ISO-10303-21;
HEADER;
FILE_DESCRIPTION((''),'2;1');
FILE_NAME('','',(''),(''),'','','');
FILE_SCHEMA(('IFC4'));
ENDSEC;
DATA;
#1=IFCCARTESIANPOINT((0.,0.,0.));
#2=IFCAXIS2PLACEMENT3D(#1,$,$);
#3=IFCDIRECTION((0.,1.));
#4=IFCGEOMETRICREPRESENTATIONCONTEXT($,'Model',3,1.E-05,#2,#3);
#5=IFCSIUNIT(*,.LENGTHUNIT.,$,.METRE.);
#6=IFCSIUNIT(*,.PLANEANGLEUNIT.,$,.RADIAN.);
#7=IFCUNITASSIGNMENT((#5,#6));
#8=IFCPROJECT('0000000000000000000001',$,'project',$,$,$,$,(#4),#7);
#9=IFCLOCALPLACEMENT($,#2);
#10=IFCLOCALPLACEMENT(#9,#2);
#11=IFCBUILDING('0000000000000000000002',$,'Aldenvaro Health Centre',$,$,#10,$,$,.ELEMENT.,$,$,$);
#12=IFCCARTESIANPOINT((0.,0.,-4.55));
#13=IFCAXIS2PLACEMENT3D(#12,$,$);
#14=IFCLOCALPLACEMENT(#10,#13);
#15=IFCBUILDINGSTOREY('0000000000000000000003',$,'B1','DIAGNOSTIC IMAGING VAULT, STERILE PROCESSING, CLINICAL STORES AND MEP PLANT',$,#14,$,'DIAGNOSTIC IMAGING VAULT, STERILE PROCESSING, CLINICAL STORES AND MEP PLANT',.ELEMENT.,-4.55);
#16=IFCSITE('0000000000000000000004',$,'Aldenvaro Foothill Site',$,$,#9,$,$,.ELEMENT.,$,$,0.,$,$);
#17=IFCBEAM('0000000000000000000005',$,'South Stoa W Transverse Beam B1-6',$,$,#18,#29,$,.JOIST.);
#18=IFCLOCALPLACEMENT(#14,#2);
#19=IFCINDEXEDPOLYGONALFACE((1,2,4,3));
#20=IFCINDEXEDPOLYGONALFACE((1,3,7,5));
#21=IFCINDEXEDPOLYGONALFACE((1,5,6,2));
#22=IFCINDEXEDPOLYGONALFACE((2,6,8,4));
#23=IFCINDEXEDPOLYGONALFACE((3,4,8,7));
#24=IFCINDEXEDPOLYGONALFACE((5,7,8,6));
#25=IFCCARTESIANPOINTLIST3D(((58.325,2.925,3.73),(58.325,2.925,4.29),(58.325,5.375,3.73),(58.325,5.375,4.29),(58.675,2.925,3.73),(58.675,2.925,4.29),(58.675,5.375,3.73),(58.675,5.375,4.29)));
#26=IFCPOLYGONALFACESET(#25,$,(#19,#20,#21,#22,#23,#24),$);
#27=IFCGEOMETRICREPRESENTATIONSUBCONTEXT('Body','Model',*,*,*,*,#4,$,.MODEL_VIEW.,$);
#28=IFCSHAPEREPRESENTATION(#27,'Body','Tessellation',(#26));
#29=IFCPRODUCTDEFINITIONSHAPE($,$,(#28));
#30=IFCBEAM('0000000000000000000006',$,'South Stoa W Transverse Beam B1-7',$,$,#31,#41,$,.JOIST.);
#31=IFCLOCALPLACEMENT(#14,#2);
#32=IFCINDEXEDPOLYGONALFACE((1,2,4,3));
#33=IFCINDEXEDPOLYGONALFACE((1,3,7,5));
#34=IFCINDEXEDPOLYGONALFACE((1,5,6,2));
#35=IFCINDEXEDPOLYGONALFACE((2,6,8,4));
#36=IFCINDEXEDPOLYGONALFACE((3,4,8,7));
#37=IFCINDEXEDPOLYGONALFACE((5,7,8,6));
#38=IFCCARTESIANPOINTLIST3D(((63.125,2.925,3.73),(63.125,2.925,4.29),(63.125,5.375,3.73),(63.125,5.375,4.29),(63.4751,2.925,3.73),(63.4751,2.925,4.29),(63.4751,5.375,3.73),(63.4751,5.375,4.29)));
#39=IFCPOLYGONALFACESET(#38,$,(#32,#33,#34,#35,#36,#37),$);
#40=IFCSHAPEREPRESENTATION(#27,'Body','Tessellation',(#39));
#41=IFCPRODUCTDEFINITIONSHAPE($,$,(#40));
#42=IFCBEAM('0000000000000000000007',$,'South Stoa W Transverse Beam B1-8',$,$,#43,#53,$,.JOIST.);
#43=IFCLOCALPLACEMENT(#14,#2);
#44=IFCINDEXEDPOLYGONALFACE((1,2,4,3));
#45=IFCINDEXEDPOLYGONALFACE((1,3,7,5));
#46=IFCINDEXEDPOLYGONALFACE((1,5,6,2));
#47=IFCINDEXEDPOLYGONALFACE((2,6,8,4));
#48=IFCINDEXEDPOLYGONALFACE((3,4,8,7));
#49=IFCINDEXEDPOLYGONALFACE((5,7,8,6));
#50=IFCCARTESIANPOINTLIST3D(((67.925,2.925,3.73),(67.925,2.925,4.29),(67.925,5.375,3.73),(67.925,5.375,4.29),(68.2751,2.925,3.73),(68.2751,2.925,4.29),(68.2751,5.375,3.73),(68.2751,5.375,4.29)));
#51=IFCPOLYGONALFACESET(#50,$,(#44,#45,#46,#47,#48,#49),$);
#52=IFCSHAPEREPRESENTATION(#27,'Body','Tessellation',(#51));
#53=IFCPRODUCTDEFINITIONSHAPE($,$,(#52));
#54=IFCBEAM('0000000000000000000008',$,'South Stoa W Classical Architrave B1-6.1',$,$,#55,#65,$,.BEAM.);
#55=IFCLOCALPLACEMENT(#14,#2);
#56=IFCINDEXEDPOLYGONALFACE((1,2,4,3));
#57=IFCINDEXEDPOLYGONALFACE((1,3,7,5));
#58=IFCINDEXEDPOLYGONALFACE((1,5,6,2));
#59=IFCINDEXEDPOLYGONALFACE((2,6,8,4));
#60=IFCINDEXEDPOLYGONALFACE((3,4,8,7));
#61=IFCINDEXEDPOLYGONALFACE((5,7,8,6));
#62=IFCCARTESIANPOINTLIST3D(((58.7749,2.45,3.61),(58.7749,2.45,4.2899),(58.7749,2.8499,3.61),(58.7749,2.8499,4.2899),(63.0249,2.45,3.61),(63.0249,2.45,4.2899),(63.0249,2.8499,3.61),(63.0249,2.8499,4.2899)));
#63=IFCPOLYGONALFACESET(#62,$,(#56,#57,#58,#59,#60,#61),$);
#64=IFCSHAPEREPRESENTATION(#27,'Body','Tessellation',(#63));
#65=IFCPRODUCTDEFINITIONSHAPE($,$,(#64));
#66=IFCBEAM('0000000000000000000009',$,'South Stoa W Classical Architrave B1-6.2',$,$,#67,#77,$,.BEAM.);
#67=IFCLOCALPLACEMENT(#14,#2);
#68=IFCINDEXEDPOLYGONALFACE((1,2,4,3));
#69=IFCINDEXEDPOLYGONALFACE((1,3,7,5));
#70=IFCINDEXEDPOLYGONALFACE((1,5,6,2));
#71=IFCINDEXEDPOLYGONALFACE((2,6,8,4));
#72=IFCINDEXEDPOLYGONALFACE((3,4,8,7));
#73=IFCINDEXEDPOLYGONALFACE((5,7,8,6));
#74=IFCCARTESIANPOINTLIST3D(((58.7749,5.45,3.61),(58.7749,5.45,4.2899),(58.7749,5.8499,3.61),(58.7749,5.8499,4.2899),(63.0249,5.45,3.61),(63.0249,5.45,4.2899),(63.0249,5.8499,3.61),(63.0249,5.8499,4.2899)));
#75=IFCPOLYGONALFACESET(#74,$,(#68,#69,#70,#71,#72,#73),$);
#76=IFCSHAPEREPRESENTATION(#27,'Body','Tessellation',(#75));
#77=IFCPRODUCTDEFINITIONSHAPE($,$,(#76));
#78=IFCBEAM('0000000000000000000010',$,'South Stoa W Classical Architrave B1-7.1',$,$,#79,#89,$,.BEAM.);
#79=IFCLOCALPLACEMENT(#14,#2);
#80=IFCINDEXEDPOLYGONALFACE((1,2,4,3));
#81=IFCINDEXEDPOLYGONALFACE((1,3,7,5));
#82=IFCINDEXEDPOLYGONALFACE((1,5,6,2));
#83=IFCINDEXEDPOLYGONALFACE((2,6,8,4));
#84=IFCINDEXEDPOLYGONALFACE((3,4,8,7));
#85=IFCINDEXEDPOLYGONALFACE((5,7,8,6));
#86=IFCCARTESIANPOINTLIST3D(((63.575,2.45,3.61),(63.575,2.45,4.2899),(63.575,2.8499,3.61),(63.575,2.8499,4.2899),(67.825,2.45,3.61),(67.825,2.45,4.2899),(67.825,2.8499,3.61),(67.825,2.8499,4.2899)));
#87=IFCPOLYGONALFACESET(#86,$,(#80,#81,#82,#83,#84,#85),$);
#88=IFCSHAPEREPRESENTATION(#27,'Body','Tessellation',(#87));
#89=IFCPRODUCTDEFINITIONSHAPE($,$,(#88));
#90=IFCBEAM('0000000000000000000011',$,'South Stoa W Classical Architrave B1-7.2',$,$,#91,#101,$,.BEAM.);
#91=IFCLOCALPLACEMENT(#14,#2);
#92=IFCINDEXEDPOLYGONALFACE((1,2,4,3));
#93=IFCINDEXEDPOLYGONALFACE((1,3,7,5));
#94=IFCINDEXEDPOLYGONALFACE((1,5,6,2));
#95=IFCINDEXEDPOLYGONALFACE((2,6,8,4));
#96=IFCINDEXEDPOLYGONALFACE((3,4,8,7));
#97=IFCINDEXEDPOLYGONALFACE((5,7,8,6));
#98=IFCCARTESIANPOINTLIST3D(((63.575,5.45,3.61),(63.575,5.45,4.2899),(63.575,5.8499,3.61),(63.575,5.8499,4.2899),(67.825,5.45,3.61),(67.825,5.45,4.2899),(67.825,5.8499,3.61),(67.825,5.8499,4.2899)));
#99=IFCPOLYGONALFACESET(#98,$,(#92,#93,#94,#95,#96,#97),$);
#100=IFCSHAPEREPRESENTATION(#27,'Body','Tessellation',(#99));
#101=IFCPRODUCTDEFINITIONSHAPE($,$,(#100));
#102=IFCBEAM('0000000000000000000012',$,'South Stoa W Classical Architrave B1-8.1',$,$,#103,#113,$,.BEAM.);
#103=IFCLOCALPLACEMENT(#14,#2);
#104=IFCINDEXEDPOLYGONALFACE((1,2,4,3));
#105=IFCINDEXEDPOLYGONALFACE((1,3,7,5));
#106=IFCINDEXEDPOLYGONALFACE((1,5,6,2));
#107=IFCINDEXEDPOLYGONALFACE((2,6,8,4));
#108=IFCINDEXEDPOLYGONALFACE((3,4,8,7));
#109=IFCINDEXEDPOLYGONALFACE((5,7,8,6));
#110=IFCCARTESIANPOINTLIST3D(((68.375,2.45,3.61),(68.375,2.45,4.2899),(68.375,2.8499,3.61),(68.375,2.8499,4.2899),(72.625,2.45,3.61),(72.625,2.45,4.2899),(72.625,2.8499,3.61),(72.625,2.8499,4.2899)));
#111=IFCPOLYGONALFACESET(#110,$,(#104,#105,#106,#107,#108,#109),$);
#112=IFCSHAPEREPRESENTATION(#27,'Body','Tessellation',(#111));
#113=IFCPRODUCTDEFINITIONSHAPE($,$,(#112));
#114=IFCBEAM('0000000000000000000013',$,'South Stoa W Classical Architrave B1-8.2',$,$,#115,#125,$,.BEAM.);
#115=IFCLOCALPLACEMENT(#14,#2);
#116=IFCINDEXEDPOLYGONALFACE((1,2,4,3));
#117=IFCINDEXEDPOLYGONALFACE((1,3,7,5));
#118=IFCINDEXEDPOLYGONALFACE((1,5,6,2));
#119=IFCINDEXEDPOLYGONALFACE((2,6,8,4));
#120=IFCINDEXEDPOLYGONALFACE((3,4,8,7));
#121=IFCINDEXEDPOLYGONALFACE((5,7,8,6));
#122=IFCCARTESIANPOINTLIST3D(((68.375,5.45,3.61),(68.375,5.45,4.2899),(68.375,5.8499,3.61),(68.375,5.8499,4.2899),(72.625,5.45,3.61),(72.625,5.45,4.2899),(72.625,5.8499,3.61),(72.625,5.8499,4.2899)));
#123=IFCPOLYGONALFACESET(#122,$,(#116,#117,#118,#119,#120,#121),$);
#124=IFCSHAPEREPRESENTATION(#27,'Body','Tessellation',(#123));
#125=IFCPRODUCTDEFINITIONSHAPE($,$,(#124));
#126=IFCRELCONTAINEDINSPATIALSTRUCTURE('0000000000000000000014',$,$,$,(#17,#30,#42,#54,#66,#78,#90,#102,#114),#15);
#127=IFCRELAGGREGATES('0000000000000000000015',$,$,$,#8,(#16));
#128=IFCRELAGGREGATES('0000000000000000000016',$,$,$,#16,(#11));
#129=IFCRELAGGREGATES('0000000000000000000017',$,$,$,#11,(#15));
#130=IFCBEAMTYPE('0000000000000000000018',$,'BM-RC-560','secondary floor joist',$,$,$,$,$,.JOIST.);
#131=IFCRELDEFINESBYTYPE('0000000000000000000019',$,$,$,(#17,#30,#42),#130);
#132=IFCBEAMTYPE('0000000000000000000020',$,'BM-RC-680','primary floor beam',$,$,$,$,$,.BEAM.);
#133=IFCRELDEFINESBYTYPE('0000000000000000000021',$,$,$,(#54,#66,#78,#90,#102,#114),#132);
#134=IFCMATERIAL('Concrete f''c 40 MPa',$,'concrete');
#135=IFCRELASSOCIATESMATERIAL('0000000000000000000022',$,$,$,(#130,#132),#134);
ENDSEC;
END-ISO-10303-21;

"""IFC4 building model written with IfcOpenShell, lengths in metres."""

from ifc_helpers import new_model, si_unit, direction, frame, origin, origin_2d, place, context, subcontext, project, spatial, rectangle, extrude, material, material_profile, profile_set, type_object, element, save


model = new_model("IFC4")

# Units and contexts
model_context = context("Model", 3, precision=1e-05, world=origin(), true_north=direction((0.0, 1.0)))
body_context = subcontext(model_context, "Body", "Model", "MODEL_VIEW")
ifc_project = project(units=[si_unit("LENGTHUNIT", "METRE"), si_unit("PLANEANGLEUNIT", "RADIAN")], contexts=[model_context])

# Site, building, storey
site_placement = place(None, origin())
site = spatial("IfcSite", under=ifc_project, at=site_placement, Name="Aldenvaro Foothill Site", CompositionType="ELEMENT", RefElevation=0.0)
building_placement = place(site_placement, origin())
building = spatial("IfcBuilding", under=site, at=building_placement, Name="Aldenvaro Health Centre", CompositionType="ELEMENT")
storey_placement = place(building_placement, frame((0.0, 0.0, -4.55)))
storey = spatial("IfcBuildingStorey", under=building, at=storey_placement, Name="B1", Description="DIAGNOSTIC IMAGING VAULT, STERILE PROCESSING, CLINICAL STORES AND MEP PLANT", LongName="DIAGNOSTIC IMAGING VAULT, STERILE PROCESSING, CLINICAL STORES AND MEP PLANT", CompositionType="ELEMENT", Elevation=-4.55)

# Shared definitions
ifc_material = material(Name="Concrete f'c 40 MPa", Category="concrete")

# Beams
ifc_material_profile_1 = material_profile(ifc_material, rectangle(XDim=0.3501, YDim=0.5601, at=origin_2d()), Name="RC 350x560", Category="concrete")
ifc_profile_set_1 = profile_set([ifc_material_profile_1], Name="Concrete f'c 40 MPa")
beam_type_1 = type_object("IfcBeamType", Name="BM-RC-560", Description="secondary floor joist", PredefinedType="JOIST", material=ifc_profile_set_1)
for number, where, z_axis, x_axis, name in (
    (1, (58.5, 2.925, 4.01), (0.0, 1.0, 0.0), (-1.0, 0.0, 0.0), "South Stoa W Transverse Beam B1-6"),
    (2, (63.3, 2.925, 4.01), (0.0, 1.0, 0.0), (-1.0, 0.0, 0.0), "South Stoa W Transverse Beam B1-7"),
    (3, (68.1001, 2.925, 4.01), (0.0, 1.0, 0.0), (-1.0, 0.0, 0.0), "South Stoa W Transverse Beam B1-8"),
):
    element("IfcBeam", number, at=place(storey_placement, frame(where, z_axis=z_axis, x_axis=x_axis)), inside=storey, type_object=beam_type_1, Name=name, PredefinedType="JOIST", context=body_context, shape_type="SweptSolid", body=[
        extrude(rectangle(XDim=0.3501, YDim=0.5601, at=origin_2d()), origin(), (0.0, 0.0, 1.0), 2.45),
    ])
ifc_material_profile_2 = material_profile(ifc_material, rectangle(XDim=0.3999, YDim=0.6799, at=origin_2d()), Name="RC 400x680", Category="concrete")
ifc_profile_set_2 = profile_set([ifc_material_profile_2], Name="Concrete f'c 40 MPa")
beam_type_2 = type_object("IfcBeamType", Name="BM-RC-680", Description="primary floor beam", PredefinedType="BEAM", material=ifc_profile_set_2)
for number, where, z_axis, x_axis, name in (
    (4, (58.7749, 2.6499, 3.95), (1.0, 0.0, 0.0), (0.0, 1.0, 0.0), "South Stoa W Classical Architrave B1-6.1"),
    (5, (58.7749, 5.6499, 3.95), (1.0, 0.0, 0.0), (0.0, 1.0, 0.0), "South Stoa W Classical Architrave B1-6.2"),
    (6, (63.575, 2.6499, 3.95), (1.0, 0.0, 0.0), (0.0, 1.0, 0.0), "South Stoa W Classical Architrave B1-7.1"),
    (7, (63.575, 5.6499, 3.95), (1.0, 0.0, 0.0), (0.0, 1.0, 0.0), "South Stoa W Classical Architrave B1-7.2"),
    (8, (68.375, 2.6499, 3.95), (1.0, 0.0, 0.0), (0.0, 1.0, 0.0), "South Stoa W Classical Architrave B1-8.1"),
    (9, (68.375, 5.6499, 3.95), (1.0, 0.0, 0.0), (0.0, 1.0, 0.0), "South Stoa W Classical Architrave B1-8.2"),
):
    element("IfcBeam", number, at=place(storey_placement, frame(where, z_axis=z_axis, x_axis=x_axis)), inside=storey, type_object=beam_type_2, Name=name, PredefinedType="BEAM", context=body_context, shape_type="SweptSolid", body=[
        extrude(rectangle(XDim=0.3999, YDim=0.6799, at=origin_2d()), origin(), (0.0, 0.0, 1.0), 4.25),
    ])

save(model, "model.ifc")
